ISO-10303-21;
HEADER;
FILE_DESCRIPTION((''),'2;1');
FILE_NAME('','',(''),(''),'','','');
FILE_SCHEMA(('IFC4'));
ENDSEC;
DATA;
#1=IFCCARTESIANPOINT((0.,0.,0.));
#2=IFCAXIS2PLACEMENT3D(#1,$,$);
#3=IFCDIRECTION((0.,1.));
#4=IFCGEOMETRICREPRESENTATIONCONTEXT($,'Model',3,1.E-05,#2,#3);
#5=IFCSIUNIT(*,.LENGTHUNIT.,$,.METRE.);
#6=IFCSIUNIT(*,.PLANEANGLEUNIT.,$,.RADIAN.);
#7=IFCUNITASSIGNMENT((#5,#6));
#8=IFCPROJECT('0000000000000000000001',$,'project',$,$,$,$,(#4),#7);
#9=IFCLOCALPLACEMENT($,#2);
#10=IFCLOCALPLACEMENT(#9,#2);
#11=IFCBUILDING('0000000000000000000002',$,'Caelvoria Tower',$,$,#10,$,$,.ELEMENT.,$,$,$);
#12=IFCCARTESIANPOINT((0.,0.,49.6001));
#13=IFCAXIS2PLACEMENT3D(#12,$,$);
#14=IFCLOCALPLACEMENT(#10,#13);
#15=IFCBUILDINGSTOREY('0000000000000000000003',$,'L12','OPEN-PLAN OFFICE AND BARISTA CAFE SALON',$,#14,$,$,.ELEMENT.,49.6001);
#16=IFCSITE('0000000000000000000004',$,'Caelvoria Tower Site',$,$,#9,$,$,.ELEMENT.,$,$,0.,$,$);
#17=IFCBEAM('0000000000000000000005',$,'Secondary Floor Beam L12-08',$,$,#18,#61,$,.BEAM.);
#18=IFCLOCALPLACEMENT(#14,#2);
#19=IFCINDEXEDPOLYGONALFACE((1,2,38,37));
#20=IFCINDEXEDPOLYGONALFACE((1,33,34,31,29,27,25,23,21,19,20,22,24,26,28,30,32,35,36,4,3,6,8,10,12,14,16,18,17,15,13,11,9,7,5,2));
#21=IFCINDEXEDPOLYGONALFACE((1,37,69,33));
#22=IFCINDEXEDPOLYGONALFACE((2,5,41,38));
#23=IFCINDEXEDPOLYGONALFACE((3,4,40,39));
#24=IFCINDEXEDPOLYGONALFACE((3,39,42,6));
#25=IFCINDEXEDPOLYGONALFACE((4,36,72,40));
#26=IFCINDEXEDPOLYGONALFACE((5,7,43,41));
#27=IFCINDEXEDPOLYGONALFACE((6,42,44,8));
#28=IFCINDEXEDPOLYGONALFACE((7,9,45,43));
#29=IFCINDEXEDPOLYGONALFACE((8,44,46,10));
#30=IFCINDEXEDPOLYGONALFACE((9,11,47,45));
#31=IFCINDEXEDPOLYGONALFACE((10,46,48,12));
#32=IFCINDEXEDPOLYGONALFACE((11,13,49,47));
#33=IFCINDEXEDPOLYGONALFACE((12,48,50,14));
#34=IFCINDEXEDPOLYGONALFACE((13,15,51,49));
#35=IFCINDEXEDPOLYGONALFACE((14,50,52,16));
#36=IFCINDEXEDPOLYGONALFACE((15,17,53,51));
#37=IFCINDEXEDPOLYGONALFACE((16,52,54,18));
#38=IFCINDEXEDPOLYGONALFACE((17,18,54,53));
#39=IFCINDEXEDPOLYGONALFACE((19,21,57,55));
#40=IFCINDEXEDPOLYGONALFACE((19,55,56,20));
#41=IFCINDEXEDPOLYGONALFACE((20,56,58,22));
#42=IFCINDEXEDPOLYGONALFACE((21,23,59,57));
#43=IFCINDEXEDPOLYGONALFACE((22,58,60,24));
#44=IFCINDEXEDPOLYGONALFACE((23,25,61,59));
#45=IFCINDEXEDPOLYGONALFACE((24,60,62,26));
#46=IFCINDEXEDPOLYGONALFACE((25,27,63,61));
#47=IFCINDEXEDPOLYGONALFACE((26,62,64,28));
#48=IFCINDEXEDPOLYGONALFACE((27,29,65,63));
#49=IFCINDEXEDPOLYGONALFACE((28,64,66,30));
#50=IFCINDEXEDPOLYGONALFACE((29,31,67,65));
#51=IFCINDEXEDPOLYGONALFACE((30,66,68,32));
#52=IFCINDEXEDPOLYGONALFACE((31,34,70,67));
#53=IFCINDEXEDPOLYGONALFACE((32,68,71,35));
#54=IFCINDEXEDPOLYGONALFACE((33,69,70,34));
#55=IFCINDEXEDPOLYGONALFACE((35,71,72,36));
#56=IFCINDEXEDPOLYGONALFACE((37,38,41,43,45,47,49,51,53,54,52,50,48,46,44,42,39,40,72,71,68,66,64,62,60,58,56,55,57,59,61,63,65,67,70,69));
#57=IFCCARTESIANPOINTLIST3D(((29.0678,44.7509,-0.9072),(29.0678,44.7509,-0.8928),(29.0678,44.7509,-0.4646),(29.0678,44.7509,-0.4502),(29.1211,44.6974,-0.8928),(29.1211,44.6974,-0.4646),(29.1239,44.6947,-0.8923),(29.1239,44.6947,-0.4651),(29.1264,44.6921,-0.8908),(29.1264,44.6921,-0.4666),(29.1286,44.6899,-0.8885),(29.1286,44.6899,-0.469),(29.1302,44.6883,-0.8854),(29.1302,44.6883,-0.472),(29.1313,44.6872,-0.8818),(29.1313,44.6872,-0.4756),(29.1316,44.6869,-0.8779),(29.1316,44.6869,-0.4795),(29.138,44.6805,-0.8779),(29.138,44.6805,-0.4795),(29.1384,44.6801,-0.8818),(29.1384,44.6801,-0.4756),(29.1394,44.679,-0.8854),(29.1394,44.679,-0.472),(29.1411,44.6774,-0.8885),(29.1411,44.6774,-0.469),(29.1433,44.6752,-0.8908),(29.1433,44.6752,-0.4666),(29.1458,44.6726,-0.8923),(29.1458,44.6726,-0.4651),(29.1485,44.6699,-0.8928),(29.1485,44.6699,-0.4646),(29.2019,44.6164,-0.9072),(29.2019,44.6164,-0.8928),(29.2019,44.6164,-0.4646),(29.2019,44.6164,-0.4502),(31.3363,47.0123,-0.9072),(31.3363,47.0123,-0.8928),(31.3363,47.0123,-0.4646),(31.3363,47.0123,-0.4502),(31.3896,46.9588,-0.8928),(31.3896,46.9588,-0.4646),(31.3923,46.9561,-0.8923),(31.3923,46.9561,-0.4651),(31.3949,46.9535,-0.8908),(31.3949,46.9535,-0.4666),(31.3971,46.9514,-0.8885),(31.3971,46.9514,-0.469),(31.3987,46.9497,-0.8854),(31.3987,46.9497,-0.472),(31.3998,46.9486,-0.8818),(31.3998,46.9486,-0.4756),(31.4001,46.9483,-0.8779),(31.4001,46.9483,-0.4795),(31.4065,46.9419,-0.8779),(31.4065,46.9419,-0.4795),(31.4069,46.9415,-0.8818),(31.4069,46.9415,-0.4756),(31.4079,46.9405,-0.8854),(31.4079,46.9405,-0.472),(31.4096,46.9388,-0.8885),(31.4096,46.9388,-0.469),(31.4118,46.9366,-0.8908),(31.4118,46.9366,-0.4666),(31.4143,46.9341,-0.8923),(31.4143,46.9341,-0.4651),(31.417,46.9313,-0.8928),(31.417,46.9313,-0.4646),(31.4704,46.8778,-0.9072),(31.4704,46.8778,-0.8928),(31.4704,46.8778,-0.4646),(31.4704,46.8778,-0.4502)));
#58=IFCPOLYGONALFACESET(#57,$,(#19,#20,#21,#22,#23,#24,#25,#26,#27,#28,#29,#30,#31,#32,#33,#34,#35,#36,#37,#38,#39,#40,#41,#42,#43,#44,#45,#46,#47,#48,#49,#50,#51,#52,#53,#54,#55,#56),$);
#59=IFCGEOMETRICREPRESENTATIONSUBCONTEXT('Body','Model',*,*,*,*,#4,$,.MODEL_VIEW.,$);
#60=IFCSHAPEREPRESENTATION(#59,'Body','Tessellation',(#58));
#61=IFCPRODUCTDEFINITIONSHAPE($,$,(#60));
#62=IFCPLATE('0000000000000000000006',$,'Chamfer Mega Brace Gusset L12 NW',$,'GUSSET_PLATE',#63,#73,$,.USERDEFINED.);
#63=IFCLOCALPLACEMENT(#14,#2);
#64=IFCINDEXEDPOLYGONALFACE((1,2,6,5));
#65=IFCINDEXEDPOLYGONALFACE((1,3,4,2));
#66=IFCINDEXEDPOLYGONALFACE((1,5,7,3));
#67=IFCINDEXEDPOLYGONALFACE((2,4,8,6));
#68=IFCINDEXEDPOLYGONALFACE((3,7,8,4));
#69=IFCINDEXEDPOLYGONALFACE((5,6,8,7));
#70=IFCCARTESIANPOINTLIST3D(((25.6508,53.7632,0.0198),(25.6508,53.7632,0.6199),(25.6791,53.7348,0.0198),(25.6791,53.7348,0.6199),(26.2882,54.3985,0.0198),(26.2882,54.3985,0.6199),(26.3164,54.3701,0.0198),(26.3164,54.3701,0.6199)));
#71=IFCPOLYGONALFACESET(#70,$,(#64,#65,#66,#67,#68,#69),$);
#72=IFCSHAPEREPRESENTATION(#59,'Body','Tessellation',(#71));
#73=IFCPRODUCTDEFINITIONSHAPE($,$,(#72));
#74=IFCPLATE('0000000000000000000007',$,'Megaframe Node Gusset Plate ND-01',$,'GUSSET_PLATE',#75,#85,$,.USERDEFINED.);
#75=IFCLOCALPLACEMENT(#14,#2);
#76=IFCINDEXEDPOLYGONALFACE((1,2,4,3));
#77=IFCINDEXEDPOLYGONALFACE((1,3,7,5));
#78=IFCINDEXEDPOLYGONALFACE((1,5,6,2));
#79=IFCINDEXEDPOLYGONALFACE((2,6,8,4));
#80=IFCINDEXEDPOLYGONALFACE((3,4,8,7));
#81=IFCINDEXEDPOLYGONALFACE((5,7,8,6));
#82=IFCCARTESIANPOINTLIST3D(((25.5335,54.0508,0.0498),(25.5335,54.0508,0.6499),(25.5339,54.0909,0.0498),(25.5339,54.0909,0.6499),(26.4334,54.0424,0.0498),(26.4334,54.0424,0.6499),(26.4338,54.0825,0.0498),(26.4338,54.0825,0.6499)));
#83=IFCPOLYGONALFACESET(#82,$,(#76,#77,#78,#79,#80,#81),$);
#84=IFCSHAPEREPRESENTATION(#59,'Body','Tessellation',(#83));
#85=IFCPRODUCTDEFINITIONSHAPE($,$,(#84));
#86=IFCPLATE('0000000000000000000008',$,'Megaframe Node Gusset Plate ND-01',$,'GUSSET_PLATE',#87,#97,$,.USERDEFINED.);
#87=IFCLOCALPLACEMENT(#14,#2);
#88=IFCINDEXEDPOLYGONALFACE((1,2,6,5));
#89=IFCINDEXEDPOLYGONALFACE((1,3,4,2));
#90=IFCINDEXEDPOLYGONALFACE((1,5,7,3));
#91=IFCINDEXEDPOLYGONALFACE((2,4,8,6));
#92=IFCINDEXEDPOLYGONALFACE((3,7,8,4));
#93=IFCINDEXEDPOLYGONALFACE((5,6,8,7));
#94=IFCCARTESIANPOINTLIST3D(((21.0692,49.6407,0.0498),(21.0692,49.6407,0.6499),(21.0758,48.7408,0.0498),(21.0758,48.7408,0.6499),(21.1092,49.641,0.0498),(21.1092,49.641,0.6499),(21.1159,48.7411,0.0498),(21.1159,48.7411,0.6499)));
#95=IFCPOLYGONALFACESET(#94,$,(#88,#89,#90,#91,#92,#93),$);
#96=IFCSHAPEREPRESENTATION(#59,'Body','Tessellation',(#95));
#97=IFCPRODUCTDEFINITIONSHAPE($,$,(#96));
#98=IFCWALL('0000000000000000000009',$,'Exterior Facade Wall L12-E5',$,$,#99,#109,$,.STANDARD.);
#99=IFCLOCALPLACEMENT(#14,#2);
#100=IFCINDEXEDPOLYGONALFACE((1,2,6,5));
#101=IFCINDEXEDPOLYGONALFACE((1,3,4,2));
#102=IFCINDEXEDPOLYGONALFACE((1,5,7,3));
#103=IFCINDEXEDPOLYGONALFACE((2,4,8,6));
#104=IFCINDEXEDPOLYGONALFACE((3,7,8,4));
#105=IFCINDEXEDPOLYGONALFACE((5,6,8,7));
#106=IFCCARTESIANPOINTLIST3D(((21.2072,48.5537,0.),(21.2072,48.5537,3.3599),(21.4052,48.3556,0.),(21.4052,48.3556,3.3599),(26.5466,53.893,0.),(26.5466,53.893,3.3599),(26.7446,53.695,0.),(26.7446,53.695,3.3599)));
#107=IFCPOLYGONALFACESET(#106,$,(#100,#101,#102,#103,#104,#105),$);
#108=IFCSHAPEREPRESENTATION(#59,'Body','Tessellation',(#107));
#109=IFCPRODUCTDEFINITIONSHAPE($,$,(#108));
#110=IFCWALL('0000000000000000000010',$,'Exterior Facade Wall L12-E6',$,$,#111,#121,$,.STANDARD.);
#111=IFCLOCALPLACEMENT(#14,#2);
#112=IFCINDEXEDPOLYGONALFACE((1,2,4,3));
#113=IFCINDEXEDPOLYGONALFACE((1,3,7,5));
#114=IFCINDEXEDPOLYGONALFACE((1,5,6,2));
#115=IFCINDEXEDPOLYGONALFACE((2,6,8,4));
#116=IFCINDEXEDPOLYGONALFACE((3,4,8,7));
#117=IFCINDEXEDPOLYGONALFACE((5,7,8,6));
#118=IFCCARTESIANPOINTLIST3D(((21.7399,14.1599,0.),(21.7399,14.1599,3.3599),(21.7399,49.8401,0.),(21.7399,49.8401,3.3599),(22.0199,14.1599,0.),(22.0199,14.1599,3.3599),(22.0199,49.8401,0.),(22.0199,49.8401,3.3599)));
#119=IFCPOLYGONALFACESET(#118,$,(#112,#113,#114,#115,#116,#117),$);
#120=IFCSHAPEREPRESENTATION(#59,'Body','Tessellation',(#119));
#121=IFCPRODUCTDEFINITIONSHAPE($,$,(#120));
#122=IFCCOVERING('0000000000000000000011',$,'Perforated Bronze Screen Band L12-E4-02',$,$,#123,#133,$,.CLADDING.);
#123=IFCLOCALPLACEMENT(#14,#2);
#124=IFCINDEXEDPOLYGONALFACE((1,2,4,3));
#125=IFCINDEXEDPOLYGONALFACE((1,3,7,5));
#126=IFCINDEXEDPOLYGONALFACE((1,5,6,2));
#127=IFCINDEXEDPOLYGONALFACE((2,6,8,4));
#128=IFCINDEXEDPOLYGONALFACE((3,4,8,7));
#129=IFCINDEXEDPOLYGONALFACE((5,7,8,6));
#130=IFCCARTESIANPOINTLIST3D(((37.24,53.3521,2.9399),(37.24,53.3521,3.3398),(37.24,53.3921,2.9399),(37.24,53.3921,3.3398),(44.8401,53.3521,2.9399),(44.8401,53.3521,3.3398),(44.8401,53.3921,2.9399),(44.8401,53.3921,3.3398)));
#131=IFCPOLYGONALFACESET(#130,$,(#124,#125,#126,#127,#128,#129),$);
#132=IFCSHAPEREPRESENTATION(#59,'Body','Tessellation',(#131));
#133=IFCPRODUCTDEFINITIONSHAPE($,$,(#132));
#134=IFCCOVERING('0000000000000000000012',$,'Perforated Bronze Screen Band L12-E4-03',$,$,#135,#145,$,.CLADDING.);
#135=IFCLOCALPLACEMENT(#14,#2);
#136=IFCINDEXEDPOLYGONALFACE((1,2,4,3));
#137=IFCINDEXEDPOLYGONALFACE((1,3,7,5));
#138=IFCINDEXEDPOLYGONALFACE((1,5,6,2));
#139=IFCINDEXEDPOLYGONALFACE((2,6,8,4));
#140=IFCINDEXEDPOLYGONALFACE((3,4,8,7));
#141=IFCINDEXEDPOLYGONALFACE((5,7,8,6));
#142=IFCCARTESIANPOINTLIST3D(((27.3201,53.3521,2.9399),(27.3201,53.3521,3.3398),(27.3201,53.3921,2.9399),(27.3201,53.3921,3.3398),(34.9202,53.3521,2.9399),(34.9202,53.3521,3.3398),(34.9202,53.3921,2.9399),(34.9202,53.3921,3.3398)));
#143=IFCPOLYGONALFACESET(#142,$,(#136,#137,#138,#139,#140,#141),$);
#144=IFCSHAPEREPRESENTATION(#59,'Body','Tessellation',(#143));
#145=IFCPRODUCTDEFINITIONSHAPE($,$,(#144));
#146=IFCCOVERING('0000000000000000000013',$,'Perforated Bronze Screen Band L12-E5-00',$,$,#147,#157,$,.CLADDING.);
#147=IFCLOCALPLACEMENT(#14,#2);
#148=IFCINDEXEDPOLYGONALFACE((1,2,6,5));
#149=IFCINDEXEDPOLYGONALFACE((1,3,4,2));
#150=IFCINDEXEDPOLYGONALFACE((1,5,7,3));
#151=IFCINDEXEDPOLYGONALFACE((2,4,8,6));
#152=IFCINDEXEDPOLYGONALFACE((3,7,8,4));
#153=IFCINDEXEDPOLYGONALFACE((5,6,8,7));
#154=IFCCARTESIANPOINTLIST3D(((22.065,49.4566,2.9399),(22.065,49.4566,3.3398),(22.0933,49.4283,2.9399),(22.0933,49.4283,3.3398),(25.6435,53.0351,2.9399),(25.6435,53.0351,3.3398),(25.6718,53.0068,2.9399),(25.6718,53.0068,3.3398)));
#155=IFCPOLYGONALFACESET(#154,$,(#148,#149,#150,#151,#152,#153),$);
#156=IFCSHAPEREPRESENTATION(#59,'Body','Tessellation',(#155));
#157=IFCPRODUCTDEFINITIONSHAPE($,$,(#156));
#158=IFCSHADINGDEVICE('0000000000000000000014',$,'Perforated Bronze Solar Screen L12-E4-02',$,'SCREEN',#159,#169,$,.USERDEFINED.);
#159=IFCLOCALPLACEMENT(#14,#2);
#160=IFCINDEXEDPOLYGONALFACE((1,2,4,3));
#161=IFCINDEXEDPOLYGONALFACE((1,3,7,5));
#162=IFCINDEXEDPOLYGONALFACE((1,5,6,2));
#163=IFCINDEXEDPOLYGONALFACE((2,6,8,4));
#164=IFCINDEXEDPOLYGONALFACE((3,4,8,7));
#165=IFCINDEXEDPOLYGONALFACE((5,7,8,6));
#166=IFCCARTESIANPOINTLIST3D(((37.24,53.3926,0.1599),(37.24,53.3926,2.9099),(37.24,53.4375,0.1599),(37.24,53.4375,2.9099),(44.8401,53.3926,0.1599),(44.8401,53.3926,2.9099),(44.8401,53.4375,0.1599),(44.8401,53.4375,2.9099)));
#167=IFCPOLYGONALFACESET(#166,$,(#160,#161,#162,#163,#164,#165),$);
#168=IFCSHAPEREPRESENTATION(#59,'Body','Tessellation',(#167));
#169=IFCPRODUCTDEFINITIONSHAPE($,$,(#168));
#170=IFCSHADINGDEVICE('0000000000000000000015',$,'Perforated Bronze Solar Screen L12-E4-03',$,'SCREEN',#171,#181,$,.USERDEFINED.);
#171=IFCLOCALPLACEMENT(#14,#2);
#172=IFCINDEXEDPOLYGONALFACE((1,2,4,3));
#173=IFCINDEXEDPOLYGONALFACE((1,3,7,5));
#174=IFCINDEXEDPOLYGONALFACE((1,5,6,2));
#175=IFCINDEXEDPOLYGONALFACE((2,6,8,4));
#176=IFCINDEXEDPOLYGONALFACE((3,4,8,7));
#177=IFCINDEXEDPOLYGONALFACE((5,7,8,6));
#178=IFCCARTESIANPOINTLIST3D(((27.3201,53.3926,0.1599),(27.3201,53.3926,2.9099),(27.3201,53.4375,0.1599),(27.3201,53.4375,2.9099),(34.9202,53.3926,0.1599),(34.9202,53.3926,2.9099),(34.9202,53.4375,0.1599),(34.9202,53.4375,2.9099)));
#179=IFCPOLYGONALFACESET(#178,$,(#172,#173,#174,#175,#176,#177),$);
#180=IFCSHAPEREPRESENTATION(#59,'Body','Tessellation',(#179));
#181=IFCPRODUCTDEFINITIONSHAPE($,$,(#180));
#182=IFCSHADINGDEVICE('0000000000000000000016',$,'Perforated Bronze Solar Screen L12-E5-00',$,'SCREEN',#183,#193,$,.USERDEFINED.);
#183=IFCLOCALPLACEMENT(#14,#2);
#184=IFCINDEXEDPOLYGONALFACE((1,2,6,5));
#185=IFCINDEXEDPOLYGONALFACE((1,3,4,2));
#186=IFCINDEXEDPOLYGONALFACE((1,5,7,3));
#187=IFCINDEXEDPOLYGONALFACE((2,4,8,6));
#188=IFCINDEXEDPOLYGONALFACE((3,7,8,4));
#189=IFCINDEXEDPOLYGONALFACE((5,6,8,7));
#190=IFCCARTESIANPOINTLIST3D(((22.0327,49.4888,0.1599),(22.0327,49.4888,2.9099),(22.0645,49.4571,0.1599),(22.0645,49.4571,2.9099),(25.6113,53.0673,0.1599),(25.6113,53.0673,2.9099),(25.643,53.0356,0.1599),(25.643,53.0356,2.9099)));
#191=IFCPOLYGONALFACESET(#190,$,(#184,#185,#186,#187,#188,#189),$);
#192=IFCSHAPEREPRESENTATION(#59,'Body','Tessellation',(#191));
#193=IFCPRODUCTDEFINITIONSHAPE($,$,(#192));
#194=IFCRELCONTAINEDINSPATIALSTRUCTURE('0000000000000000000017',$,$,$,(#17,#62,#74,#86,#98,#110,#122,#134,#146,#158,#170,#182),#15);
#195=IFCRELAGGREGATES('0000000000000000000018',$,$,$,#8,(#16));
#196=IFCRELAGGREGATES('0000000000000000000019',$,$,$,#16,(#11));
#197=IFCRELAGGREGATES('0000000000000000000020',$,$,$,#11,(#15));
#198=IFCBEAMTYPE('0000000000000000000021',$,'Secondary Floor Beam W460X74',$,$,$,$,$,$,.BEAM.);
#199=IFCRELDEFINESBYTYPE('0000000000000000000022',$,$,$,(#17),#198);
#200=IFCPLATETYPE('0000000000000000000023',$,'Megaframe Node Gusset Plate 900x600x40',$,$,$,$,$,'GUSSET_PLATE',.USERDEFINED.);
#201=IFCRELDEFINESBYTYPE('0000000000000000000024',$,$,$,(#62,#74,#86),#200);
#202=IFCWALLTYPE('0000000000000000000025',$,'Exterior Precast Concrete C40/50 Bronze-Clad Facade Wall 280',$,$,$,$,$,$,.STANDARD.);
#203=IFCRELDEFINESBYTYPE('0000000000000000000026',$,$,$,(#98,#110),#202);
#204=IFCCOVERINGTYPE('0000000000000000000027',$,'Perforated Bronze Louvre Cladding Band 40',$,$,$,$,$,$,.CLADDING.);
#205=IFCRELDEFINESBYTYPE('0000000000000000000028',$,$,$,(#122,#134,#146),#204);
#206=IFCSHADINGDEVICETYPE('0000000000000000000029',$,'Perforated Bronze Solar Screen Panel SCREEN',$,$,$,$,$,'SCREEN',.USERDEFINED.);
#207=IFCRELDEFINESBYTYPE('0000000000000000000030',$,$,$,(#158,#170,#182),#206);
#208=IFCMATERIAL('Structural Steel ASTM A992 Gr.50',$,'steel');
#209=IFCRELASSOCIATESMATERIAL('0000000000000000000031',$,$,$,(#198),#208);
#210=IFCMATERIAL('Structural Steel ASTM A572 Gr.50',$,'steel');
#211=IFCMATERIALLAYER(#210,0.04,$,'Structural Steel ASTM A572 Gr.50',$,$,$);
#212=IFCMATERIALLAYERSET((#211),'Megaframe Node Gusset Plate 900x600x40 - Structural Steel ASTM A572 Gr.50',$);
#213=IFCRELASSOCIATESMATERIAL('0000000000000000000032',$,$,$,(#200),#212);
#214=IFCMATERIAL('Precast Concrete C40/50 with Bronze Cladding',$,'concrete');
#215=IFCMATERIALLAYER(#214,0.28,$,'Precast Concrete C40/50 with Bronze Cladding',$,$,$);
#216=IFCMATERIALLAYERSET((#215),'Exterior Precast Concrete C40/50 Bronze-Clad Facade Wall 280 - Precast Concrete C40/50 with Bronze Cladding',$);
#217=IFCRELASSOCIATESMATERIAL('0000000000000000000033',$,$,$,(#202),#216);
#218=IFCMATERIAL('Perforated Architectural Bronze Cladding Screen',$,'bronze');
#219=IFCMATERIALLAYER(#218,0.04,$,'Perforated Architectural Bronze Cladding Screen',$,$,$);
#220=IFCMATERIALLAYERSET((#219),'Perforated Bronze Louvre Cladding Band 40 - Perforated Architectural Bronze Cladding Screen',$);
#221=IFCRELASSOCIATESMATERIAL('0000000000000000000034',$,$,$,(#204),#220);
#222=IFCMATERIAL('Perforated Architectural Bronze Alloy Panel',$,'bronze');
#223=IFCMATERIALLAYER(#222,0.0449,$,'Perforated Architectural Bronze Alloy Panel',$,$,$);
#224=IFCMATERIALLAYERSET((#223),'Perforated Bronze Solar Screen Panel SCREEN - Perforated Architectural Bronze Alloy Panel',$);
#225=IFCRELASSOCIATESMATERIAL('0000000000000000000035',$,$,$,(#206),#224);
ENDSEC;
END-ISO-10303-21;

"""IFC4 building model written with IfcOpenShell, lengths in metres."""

from ifc_helpers import new_model, si_unit, direction, frame, frame_2d, origin, origin_2d, place, context, subcontext, project, spatial, rectangle, i_section, extrude, material, layer, layer_set, material_profile, profile_set, type_object, element, save


model = new_model("IFC4")

# Units and contexts
model_context = context("Model", 3, precision=1e-05, world=origin(), true_north=direction((0.0, 1.0)))
body_context = subcontext(model_context, "Body", "Model", "MODEL_VIEW")
ifc_project = project(units=[si_unit("LENGTHUNIT", "METRE"), si_unit("PLANEANGLEUNIT", "RADIAN")], contexts=[model_context])

# Site, building, storey
site_placement = place(None, origin())
site = spatial("IfcSite", under=ifc_project, at=site_placement, Name="Caelvoria Tower Site", CompositionType="ELEMENT", RefElevation=0.0)
building_placement = place(site_placement, origin())
building = spatial("IfcBuilding", under=site, at=building_placement, Name="Caelvoria Tower", CompositionType="ELEMENT")
storey_placement = place(building_placement, frame((0.0, 0.0, 49.6001)))
storey = spatial("IfcBuildingStorey", under=building, at=storey_placement, Name="L12", Description="OPEN-PLAN OFFICE AND BARISTA CAFE SALON", CompositionType="ELEMENT", Elevation=49.6001)

# Shared definitions
ifc_material_1 = material(Name="Structural Steel ASTM A572 Gr.50", Category="steel")

# Beam
ifc_material_2 = material(Name="Structural Steel ASTM A992 Gr.50", Category="steel")
ifc_material_profile_1 = material_profile(ifc_material_2, i_section(OverallWidth=0.1899, OverallDepth=0.457, WebThickness=0.009, FlangeThickness=0.0144, FilletRadius=0.0149, at=origin_2d()), Name="Structural Steel ASTM A992 Gr.50")
ifc_profile_set_1 = profile_set([ifc_material_profile_1], Name="W460X74 - Structural Steel ASTM A992 Gr.50")
beam_type_1 = type_object("IfcBeamType", Name="Secondary Floor Beam W460X74", PredefinedType="BEAM", material=ifc_profile_set_1)
beam_1_placement = place(storey_placement, frame((31.4033, 46.9451, -0.6787), z_axis=(-0.708211, -0.706001, 0.0), x_axis=(0.706001, -0.708211, 0.0)))
element("IfcBeam", 1, at=beam_1_placement, inside=storey, type_object=beam_type_1, Name="Secondary Floor Beam L12-08", PredefinedType="BEAM", context=body_context, shape_type="SweptSolid", body=[
    extrude(i_section(OverallWidth=0.1899, OverallDepth=0.457, WebThickness=0.009, FlangeThickness=0.0144, FilletRadius=0.0149, at=origin_2d()), origin(), (0.0, 0.0, 1.0), 3.2031),
])

# Plates
ifc_layer_1 = layer(ifc_material_1, 0.04, Name="Structural Steel ASTM A572 Gr.50")
ifc_layer_set_1 = layer_set([ifc_layer_1], Name="Megaframe Node Gusset Plate 900x600x40 - Structural Steel ASTM A572 Gr.50")
plate_type = type_object("IfcPlateType", Name="Megaframe Node Gusset Plate 900x600x40", ElementType="GUSSET_PLATE", PredefinedType="USERDEFINED", material=ifc_layer_set_1)
for number, where, z_axis, x_axis, name in (
    (2, (25.9836, 54.0667, 0.0198), (0.0, 0.0, 1.0), (-0.70822, -0.705991, 0.0), "Chamfer Mega Brace Gusset L12 NW"),
    (3, (25.9836, 54.0667, 0.0498), (0.0, 0.0, 1.0), (0.999957, -0.009327, 0.0), "Megaframe Node Gusset Plate ND-01"),
    (4, (21.0925, 49.1909, 0.0498), (0.0, 0.0, 1.0), (0.007411, -0.999973, 0.0), "Megaframe Node Gusset Plate ND-01"),
):
    element("IfcPlate", number, at=place(storey_placement, frame(where, z_axis=z_axis, x_axis=x_axis)), inside=storey, type_object=plate_type, Name=name, ObjectType="GUSSET_PLATE", PredefinedType="USERDEFINED", context=body_context, shape_type="SweptSolid", body=[
        extrude(rectangle(XDim=0.8999, YDim=0.04, at=origin_2d()), origin(), (0.0, 0.0, 1.0), 0.6001),
    ])

# Walls
ifc_material_3 = material(Name="Precast Concrete C40/50 with Bronze Cladding", Category="concrete")
ifc_layer_2 = layer(ifc_material_3, 0.28, Name="Precast Concrete C40/50 with Bronze Cladding")
ifc_layer_set_2 = layer_set([ifc_layer_2], Name="Exterior Precast Concrete C40/50 Bronze-Clad Facade Wall 280 - Precast Concrete C40/50 with Bronze Cladding")
wall_type = type_object("IfcWallType", Name="Exterior Precast Concrete C40/50 Bronze-Clad Facade Wall 280", PredefinedType="STANDARD", material=ifc_layer_set_2)
wall_1_placement = place(storey_placement, frame((26.6455, 53.7939, 0.0), z_axis=(0.0, 0.0, 1.0), x_axis=(-0.707107, -0.707107, 0.0)))
element("IfcWall", 5, at=wall_1_placement, inside=storey, type_object=wall_type, Name="Exterior Facade Wall L12-E5", PredefinedType="STANDARD", context=body_context, shape_type="SweptSolid", body=[
    extrude(rectangle(XDim=7.551, YDim=0.28, at=frame_2d((3.7754, 0.0))), origin(), (0.0, 0.0, 1.0), 3.3599),
])
wall_2_placement = place(storey_placement, frame((21.8799, 49.8401, 0.0), z_axis=(0.0, 0.0, 1.0), x_axis=(0.0, -1.0, 0.0)))
element("IfcWall", 6, at=wall_2_placement, inside=storey, type_object=wall_type, Name="Exterior Facade Wall L12-E6", PredefinedType="STANDARD", context=body_context, shape_type="SweptSolid", body=[
    extrude(rectangle(XDim=35.6802, YDim=0.28, at=frame_2d((17.8401, 0.0))), origin(), (0.0, 0.0, 1.0), 3.3599),
])

# Coverings
ifc_material_4 = material(Name="Perforated Architectural Bronze Cladding Screen", Category="bronze")
ifc_layer_3 = layer(ifc_material_4, 0.04, Name="Perforated Architectural Bronze Cladding Screen")
ifc_layer_set_3 = layer_set([ifc_layer_3], Name="Perforated Bronze Louvre Cladding Band 40 - Perforated Architectural Bronze Cladding Screen")
covering_type = type_object("IfcCoveringType", Name="Perforated Bronze Louvre Cladding Band 40", PredefinedType="CLADDING", material=ifc_layer_set_3)
for number, where, z_axis, x_axis, name in (
    (7, (41.04, 53.3721, 2.9399), (0.0, 0.0, 1.0), (-1.0, 0.0, 0.0), "Perforated Bronze Screen Band L12-E4-02"),
    (8, (31.1201, 53.3721, 2.9399), (0.0, 0.0, 1.0), (-1.0, 0.0, 0.0), "Perforated Bronze Screen Band L12-E4-03"),
):
    element("IfcCovering", number, at=place(storey_placement, frame(where, z_axis=z_axis, x_axis=x_axis)), inside=storey, type_object=covering_type, Name=name, PredefinedType="CLADDING", context=body_context, shape_type="SweptSolid", body=[
        extrude(rectangle(XDim=7.6001, YDim=0.04, at=origin_2d()), origin(), (0.0, 0.0, 1.0), 0.3999),
    ])
covering_placement = place(storey_placement, frame((23.8684, 51.2317, 2.9399), z_axis=(0.0, 0.0, 1.0), x_axis=(-0.707107, -0.707107, 0.0)))
element("IfcCovering", 9, at=covering_placement, inside=storey, type_object=covering_type, Name="Perforated Bronze Screen Band L12-E5-00", PredefinedType="CLADDING", context=body_context, shape_type="SweptSolid", body=[
    extrude(rectangle(XDim=5.0608, YDim=0.04, at=origin_2d()), origin(), (0.0, 0.0, 1.0), 0.3999),
])

# Shading devices
ifc_material_5 = material(Name="Perforated Architectural Bronze Alloy Panel", Category="bronze")
ifc_layer_4 = layer(ifc_material_5, 0.0449, Name="Perforated Architectural Bronze Alloy Panel")
ifc_layer_set_4 = layer_set([ifc_layer_4], Name="Perforated Bronze Solar Screen Panel SCREEN - Perforated Architectural Bronze Alloy Panel")
shading_device_type = type_object("IfcShadingDeviceType", Name="Perforated Bronze Solar Screen Panel SCREEN", ElementType="SCREEN", PredefinedType="USERDEFINED", material=ifc_layer_set_4)
for number, where, z_axis, x_axis, name in (
    (10, (41.04, 53.415, 0.1599), (0.0, 0.0, 1.0), (-1.0, 0.0, 0.0), "Perforated Bronze Solar Screen L12-E4-02"),
    (11, (31.1201, 53.415, 0.1599), (0.0, 0.0, 1.0), (-1.0, 0.0, 0.0), "Perforated Bronze Solar Screen L12-E4-03"),
):
    element("IfcShadingDevice", number, at=place(storey_placement, frame(where, z_axis=z_axis, x_axis=x_axis)), inside=storey, type_object=shading_device_type, Name=name, ObjectType="SCREEN", PredefinedType="USERDEFINED", context=body_context, shape_type="SweptSolid", body=[
        extrude(rectangle(XDim=7.6001, YDim=0.0449, at=origin_2d()), origin(), (0.0, 0.0, 1.0), 2.75),
    ])
shading_device_placement = place(storey_placement, frame((23.8379, 51.2622, 0.1599), z_axis=(0.0, 0.0, 1.0), x_axis=(-0.707107, -0.707107, 0.0)))
element("IfcShadingDevice", 12, at=shading_device_placement, inside=storey, type_object=shading_device_type, Name="Perforated Bronze Solar Screen L12-E5-00", ObjectType="SCREEN", PredefinedType="USERDEFINED", context=body_context, shape_type="SweptSolid", body=[
    extrude(rectangle(XDim=5.0608, YDim=0.0449, at=origin_2d()), origin(), (0.0, 0.0, 1.0), 2.75),
])

save(model, "model.ifc")
